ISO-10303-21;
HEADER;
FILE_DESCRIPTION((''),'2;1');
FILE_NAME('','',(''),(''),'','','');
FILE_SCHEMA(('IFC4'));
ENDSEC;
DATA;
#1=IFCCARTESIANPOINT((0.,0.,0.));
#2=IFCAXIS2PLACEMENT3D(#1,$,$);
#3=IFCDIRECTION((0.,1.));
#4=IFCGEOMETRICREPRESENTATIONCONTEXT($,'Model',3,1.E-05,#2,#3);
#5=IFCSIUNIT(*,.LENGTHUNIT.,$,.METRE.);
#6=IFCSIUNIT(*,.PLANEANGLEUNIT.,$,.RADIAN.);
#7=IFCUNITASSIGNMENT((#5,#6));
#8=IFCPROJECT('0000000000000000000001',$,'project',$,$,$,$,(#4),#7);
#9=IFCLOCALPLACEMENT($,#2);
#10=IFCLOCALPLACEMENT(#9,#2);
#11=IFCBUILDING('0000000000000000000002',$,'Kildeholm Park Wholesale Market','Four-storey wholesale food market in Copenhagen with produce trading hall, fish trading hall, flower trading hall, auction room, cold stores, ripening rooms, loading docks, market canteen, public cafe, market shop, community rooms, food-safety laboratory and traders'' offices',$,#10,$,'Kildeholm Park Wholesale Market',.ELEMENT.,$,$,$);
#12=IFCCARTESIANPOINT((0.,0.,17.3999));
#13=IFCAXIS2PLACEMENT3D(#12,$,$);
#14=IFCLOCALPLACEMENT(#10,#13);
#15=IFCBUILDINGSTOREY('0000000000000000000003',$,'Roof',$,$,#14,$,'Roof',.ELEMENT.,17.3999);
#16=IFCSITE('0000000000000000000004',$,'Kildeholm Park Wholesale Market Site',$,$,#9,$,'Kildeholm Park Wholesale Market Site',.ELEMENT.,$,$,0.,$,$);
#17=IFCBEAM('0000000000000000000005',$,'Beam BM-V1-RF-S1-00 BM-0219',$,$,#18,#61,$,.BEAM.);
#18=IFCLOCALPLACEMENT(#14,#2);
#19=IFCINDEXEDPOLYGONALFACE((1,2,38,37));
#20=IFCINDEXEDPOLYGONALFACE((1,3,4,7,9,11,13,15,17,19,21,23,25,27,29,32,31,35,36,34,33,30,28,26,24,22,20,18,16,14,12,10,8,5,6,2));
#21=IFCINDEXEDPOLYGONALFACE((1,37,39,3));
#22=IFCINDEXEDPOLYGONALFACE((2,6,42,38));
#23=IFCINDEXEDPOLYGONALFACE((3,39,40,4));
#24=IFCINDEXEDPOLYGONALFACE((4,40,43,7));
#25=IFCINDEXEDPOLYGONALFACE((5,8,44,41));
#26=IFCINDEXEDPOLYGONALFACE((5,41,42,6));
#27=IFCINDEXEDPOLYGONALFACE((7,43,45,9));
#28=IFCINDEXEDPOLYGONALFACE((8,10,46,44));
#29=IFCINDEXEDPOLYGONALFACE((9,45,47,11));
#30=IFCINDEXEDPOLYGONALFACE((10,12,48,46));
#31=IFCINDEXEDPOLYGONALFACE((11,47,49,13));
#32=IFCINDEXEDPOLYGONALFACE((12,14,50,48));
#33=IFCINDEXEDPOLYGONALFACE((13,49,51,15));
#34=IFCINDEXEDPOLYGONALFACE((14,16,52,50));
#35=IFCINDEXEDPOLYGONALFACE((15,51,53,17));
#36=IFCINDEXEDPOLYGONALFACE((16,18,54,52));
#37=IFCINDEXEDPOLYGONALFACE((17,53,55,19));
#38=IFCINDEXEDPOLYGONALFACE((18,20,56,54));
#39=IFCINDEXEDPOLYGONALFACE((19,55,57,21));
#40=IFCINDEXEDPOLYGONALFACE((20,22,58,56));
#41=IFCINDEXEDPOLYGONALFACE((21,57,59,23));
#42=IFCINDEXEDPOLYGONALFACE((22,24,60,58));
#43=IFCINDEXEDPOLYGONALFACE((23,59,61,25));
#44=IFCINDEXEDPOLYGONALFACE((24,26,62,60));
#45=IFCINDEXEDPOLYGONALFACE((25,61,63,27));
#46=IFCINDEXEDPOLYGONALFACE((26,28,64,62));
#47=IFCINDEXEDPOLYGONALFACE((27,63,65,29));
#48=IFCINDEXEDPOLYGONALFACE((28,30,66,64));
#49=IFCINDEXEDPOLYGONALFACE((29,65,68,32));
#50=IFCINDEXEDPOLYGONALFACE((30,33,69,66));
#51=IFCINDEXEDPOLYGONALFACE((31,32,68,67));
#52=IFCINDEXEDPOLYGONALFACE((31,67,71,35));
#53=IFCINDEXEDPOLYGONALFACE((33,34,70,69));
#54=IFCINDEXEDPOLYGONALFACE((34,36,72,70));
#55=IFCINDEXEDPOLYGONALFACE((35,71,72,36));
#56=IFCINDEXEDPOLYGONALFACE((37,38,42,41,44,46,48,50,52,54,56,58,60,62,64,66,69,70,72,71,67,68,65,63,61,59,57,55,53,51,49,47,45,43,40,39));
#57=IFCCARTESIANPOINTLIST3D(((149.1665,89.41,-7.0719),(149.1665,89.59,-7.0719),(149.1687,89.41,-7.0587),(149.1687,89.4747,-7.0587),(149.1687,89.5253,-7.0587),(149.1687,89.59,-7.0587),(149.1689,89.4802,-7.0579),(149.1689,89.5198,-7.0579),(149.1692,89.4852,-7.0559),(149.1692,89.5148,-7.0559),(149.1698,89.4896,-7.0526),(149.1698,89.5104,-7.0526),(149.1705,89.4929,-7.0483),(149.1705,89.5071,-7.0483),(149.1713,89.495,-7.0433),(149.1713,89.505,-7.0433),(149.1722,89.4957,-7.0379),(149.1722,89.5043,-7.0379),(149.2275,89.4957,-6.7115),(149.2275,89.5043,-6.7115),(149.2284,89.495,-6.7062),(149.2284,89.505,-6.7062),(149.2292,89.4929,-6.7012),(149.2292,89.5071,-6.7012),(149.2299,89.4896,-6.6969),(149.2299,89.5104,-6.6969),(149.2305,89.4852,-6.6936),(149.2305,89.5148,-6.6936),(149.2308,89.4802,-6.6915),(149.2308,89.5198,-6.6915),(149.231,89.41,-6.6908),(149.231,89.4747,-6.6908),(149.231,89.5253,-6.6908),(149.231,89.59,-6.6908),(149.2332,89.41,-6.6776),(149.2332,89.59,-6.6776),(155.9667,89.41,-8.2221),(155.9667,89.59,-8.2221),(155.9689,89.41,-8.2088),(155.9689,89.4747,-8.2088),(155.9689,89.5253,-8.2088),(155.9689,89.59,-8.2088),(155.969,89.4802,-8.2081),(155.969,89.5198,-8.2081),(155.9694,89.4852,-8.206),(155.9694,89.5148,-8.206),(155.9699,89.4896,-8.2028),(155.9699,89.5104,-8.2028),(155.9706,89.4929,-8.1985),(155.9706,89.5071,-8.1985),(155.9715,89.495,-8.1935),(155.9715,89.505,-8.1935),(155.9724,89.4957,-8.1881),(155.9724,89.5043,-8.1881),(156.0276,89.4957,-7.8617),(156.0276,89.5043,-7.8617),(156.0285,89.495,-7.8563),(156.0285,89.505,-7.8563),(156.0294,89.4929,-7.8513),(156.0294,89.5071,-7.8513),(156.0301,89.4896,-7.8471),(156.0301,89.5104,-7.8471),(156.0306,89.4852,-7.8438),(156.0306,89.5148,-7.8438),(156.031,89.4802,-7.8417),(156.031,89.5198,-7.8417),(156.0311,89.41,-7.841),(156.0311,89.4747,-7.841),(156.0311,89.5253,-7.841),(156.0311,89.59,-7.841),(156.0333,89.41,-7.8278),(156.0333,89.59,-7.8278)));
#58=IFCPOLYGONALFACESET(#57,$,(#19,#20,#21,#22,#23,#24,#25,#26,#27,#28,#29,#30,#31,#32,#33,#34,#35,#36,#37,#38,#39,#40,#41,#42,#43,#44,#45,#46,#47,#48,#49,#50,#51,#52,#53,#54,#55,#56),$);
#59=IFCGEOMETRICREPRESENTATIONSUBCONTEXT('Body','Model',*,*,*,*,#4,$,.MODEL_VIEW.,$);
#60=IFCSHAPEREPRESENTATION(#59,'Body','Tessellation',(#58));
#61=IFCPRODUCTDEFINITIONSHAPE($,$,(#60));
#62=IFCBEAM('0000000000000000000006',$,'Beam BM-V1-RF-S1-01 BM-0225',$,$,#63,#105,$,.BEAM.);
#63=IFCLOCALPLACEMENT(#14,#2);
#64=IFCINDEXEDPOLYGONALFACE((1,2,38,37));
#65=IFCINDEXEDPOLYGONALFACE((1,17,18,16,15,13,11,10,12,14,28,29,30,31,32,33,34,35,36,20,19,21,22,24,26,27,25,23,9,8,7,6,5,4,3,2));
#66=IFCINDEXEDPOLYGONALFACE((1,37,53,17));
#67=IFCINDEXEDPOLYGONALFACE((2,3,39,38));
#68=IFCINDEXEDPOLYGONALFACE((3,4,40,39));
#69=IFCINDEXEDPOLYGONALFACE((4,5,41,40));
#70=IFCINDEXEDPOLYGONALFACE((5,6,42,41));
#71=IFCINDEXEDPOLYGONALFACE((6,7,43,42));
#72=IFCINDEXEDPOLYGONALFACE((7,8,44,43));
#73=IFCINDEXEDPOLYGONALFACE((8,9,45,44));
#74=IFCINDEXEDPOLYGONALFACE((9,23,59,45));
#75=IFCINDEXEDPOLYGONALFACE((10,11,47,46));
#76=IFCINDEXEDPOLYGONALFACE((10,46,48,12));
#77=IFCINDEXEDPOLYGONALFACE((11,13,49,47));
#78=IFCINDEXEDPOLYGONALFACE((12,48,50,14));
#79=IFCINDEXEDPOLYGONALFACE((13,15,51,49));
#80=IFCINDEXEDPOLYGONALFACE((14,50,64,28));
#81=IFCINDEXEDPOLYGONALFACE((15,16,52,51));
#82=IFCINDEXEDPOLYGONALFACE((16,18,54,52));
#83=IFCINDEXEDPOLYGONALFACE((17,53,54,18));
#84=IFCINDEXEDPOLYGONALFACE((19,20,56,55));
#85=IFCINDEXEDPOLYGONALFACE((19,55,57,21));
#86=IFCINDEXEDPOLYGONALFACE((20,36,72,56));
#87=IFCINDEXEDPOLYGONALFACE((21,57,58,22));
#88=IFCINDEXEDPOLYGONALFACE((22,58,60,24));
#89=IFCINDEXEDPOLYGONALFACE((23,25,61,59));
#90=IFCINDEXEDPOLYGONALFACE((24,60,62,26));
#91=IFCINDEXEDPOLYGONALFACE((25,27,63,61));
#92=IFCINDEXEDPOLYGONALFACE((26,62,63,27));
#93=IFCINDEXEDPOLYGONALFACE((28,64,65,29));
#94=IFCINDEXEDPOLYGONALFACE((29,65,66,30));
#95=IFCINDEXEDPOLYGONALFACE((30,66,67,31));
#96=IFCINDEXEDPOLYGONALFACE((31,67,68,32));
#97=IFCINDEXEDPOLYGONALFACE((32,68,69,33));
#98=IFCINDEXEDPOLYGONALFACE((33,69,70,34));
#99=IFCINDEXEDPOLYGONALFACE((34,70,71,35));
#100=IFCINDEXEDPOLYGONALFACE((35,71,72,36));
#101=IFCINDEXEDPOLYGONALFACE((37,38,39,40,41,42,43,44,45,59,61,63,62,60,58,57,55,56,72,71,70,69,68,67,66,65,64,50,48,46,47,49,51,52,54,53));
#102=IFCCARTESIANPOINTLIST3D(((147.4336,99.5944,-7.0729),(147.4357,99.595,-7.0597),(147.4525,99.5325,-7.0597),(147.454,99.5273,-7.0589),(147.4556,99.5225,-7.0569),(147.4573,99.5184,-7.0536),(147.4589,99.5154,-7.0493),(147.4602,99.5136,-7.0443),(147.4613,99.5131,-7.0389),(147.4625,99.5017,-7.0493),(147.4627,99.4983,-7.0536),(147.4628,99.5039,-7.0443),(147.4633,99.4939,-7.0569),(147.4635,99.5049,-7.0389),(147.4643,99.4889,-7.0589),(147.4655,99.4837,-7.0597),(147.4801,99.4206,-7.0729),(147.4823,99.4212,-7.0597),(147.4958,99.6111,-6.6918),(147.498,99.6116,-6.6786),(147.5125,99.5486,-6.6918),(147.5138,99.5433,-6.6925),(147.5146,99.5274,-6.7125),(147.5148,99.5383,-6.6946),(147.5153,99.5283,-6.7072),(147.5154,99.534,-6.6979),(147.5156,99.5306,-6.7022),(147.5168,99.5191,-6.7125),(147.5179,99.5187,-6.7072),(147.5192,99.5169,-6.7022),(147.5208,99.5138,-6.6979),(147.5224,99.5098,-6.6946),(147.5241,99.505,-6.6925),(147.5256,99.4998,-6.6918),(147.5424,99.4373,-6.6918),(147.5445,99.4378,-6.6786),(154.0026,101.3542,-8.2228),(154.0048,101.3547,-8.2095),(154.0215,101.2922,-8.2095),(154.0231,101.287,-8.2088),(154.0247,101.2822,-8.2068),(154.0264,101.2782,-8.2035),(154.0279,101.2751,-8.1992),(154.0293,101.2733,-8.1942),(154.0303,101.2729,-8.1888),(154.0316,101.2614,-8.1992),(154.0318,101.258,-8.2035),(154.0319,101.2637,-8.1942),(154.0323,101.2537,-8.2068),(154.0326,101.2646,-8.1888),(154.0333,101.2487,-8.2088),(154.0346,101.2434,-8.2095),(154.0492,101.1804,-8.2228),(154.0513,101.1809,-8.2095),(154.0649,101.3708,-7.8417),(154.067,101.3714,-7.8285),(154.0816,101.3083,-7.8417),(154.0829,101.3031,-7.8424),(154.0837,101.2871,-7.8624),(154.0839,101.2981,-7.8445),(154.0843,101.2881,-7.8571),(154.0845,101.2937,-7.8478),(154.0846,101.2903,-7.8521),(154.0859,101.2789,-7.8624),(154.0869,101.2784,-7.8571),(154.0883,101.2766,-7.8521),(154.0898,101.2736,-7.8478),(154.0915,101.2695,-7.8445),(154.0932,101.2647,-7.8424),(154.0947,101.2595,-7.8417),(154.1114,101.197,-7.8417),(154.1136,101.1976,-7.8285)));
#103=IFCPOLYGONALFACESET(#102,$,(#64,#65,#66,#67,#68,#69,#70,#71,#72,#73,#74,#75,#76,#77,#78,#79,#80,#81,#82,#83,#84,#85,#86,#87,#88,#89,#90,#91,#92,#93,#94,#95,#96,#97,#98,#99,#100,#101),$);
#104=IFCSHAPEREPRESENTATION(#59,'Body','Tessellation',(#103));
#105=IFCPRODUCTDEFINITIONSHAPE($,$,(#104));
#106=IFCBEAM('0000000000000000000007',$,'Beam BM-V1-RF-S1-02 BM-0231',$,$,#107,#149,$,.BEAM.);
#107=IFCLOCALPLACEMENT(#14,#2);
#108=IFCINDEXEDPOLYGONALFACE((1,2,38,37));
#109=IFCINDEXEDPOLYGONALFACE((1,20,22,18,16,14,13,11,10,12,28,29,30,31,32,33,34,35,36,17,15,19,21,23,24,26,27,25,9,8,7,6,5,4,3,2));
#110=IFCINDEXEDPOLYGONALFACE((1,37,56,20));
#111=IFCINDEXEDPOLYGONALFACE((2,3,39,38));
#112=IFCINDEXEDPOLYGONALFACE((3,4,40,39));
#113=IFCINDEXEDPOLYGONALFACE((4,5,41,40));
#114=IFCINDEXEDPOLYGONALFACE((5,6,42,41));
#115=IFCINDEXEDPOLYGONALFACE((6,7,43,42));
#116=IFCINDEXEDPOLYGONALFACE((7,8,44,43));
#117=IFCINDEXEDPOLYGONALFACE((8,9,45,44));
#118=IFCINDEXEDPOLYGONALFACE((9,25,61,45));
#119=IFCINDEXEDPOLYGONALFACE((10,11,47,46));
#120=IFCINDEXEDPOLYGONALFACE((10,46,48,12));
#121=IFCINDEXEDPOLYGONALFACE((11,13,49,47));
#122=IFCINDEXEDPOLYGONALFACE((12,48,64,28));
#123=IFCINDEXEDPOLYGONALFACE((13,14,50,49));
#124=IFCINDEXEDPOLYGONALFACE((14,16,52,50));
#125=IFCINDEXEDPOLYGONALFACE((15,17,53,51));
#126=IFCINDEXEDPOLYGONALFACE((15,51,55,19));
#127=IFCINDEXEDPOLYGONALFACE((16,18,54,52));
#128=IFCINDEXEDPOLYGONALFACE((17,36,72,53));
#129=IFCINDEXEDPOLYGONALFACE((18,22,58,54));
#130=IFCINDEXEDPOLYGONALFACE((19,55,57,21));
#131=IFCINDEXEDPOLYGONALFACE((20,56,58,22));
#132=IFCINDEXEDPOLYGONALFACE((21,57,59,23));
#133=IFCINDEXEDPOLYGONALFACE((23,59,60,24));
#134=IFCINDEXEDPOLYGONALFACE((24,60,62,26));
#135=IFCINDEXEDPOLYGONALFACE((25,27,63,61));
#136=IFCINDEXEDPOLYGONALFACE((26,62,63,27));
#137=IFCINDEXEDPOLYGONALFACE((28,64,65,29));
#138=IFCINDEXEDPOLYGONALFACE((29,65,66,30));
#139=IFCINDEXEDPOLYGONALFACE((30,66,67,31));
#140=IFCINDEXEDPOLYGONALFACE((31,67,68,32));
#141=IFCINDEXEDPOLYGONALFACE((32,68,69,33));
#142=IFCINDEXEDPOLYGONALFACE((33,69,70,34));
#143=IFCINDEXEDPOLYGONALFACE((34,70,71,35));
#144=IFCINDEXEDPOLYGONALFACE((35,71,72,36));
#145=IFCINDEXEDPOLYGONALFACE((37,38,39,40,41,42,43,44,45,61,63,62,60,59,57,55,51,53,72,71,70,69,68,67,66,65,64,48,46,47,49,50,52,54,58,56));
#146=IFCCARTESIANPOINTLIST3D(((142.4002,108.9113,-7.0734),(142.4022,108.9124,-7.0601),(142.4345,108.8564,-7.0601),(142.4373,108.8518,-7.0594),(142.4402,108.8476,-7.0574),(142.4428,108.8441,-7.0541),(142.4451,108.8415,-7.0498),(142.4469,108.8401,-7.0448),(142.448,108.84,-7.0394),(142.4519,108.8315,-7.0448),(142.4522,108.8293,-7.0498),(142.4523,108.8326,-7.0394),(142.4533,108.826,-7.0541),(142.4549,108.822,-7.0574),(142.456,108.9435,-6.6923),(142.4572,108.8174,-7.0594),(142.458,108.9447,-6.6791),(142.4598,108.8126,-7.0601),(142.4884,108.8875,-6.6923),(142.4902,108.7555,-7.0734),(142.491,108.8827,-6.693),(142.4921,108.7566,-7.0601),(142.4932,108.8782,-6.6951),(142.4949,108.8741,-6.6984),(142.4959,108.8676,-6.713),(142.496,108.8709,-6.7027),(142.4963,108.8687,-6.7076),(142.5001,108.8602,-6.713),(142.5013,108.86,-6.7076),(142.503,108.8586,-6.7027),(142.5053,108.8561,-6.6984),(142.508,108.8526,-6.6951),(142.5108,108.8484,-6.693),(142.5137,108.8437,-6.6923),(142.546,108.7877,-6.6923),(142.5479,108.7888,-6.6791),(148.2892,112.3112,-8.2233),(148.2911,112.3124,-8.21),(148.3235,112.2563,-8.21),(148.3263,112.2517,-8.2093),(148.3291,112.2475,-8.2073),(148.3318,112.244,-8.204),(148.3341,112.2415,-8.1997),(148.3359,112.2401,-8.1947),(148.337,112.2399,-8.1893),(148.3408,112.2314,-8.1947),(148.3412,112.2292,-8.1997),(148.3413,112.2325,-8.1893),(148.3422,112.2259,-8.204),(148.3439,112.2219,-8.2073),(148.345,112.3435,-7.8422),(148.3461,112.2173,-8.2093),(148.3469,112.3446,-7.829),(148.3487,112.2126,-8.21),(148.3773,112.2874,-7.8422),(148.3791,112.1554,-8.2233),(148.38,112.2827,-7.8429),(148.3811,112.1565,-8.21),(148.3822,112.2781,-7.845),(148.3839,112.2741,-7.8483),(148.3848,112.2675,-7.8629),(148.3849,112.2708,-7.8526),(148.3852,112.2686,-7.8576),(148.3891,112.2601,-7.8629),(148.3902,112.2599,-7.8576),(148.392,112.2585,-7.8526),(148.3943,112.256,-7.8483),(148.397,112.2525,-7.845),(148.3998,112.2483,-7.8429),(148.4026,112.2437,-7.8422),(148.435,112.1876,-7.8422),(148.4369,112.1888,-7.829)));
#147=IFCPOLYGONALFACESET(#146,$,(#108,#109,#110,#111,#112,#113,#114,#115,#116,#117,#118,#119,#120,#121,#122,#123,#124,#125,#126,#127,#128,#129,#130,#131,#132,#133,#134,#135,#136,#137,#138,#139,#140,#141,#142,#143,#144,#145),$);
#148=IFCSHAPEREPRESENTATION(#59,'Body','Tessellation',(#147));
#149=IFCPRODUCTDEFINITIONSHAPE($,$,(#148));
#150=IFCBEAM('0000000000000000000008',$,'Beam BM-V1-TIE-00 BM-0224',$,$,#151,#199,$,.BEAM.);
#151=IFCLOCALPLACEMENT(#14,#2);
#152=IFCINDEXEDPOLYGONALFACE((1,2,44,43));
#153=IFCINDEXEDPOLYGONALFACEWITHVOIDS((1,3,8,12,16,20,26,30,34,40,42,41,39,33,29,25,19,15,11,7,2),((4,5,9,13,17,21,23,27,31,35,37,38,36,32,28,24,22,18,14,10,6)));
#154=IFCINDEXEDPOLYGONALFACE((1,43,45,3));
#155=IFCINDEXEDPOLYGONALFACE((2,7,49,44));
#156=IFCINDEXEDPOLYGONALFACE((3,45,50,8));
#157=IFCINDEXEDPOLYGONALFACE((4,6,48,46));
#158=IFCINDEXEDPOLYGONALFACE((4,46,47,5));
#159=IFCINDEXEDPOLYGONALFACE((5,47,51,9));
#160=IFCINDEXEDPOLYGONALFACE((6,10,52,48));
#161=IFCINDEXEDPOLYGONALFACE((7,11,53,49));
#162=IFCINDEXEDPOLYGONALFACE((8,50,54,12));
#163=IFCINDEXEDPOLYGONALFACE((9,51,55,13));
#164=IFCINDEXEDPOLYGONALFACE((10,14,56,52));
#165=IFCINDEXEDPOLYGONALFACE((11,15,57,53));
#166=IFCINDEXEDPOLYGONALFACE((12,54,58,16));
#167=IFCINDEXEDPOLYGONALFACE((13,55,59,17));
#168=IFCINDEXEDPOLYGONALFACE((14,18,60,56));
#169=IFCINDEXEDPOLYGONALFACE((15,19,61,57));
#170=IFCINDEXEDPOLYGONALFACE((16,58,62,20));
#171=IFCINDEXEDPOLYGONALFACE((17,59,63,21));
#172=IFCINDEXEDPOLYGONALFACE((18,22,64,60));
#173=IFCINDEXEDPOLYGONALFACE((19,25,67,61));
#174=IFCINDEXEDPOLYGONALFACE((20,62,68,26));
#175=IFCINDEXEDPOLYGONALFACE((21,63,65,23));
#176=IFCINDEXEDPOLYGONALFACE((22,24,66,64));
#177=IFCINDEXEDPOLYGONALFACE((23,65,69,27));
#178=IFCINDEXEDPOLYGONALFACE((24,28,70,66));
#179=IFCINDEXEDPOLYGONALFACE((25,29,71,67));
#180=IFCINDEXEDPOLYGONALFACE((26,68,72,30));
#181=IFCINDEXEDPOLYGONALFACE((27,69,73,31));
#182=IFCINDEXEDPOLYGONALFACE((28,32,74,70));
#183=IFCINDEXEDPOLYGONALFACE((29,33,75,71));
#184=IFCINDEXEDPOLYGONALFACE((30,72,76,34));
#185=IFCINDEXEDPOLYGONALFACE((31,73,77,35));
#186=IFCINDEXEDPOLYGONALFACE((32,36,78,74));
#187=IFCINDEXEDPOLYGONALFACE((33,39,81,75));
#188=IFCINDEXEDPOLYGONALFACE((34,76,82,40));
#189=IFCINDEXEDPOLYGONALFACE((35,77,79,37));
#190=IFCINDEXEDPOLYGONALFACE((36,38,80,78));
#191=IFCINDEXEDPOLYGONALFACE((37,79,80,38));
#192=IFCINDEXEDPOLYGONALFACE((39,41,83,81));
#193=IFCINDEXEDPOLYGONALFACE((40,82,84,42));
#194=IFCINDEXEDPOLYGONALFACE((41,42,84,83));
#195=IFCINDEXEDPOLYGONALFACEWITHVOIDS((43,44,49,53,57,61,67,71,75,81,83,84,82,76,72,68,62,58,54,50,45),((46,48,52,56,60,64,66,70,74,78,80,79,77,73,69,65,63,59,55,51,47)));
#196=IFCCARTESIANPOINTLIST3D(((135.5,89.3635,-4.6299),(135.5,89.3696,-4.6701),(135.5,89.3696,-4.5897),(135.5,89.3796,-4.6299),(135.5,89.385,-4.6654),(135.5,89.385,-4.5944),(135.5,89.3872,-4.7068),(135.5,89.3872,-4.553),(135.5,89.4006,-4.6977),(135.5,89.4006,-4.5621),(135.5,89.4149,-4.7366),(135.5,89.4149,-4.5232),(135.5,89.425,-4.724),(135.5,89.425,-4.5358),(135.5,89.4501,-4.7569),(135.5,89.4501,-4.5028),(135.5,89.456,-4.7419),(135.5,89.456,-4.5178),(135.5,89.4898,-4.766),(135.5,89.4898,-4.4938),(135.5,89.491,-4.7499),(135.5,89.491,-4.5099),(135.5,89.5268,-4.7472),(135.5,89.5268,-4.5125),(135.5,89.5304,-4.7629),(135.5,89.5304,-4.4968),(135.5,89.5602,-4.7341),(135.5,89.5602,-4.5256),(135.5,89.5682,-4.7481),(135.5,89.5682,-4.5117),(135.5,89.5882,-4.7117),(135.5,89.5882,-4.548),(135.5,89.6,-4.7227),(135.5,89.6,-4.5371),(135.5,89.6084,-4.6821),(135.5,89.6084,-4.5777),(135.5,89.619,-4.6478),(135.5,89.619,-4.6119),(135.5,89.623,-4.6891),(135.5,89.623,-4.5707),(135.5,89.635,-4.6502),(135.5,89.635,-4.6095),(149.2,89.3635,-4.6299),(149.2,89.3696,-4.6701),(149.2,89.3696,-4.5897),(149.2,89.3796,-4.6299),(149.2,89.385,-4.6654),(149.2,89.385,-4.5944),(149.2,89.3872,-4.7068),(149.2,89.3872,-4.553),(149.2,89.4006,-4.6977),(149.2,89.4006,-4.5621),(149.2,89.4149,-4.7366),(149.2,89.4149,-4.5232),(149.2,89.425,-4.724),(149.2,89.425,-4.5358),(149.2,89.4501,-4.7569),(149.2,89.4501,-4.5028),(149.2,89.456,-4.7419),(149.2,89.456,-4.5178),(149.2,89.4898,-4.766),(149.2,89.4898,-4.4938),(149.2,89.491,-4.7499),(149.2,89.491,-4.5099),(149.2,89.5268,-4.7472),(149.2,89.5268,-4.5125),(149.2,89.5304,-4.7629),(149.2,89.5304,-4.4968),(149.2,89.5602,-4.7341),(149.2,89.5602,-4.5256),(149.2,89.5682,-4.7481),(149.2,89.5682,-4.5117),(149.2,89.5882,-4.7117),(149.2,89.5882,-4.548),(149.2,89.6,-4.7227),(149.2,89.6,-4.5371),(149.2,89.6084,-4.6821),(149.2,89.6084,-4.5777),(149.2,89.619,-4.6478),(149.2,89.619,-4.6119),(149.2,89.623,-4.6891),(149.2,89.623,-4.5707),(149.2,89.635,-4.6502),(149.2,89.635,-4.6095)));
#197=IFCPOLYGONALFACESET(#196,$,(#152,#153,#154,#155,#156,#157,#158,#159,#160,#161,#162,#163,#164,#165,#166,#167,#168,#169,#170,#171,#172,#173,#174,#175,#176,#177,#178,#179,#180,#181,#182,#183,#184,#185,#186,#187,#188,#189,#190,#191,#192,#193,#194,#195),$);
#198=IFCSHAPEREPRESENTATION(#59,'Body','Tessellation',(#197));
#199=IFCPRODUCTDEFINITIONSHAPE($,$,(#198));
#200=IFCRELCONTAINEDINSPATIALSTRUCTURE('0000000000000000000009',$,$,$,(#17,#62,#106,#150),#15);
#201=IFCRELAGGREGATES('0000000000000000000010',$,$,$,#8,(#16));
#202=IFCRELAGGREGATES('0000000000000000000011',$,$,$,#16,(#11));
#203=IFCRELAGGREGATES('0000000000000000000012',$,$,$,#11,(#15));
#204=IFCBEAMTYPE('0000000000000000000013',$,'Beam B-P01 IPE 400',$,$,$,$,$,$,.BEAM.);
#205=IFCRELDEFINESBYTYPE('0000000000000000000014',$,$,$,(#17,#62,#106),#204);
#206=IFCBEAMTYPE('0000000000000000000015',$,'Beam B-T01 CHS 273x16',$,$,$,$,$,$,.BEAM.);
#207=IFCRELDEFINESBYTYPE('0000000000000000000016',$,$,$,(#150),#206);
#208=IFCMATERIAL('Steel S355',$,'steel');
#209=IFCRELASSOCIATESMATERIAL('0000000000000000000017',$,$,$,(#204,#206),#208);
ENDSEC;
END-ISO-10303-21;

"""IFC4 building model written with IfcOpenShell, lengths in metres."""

from ifc_helpers import new_model, si_unit, direction, frame, origin, origin_2d, place, context, subcontext, project, spatial, hollow_circle, i_section, extrude, material, material_profile, profile_set, type_object, element, save


model = new_model("IFC4")

# Units and contexts
model_context = context("Model", 3, precision=1e-05, world=origin(), true_north=direction((0.0, 1.0)))
body_context = subcontext(model_context, "Body", "Model", "MODEL_VIEW")
ifc_project = project(units=[si_unit("LENGTHUNIT", "METRE"), si_unit("PLANEANGLEUNIT", "RADIAN")], contexts=[model_context])

# Site, building, storey
site_placement = place(None, origin())
site = spatial("IfcSite", under=ifc_project, at=site_placement, Name="Kildeholm Park Wholesale Market Site", LongName="Kildeholm Park Wholesale Market Site", CompositionType="ELEMENT", RefElevation=0.0)
building_placement = place(site_placement, origin())
building = spatial("IfcBuilding", under=site, at=building_placement, Name="Kildeholm Park Wholesale Market", Description="Four-storey wholesale food market in Copenhagen with produce trading hall, fish trading hall, flower trading hall, auction room, cold stores, ripening rooms, loading docks, market canteen, public cafe, market shop, community rooms, food-safety laboratory and traders' offices", LongName="Kildeholm Park Wholesale Market", CompositionType="ELEMENT")
storey_placement = place(building_placement, frame((0.0, 0.0, 17.3999)))
storey = spatial("IfcBuildingStorey", under=building, at=storey_placement, Name="Roof", LongName="Roof", CompositionType="ELEMENT", Elevation=17.3999)

# Beams
ifc_material_1 = material(Name="Steel S355", Category="steel")
ifc_material_profile_1 = material_profile(ifc_material_1, i_section(OverallWidth=0.1799, OverallDepth=0.3999, WebThickness=0.0085, FlangeThickness=0.0134, FilletRadius=0.021, at=origin_2d()), Name="IPE 400")
ifc_profile_set_1 = profile_set([ifc_material_profile_1], Name="Steel S355")
beam_type_1 = type_object("IfcBeamType", Name="Beam B-P01 IPE 400", PredefinedType="BEAM", material=ifc_profile_set_1)
beam_1_placement = place(storey_placement, frame((156.0, 89.5, -8.0249), z_axis=(-0.985996, 0.0, 0.166769), x_axis=(0.0, -1.0, 0.0)))
element("IfcBeam", 1, at=beam_1_placement, inside=storey, type_object=beam_type_1, Name="Beam BM-V1-RF-S1-00 BM-0219", PredefinedType="BEAM", context=body_context, shape_type="SweptSolid", body=[
    extrude(i_section(OverallWidth=0.1799, OverallDepth=0.3999, WebThickness=0.0085, FlangeThickness=0.0134, FilletRadius=0.021, at=origin_2d()), origin(), (0.0, 0.0, 1.0), 6.8967),
])
beam_2_placement = place(storey_placement, frame((154.0581, 101.2759, -8.0256), z_axis=(-0.952422, -0.25514, 0.166719), x_axis=(0.258762, -0.965941, 0.0)))
element("IfcBeam", 2, at=beam_2_placement, inside=storey, type_object=beam_type_1, Name="Beam BM-V1-RF-S1-01 BM-0225", PredefinedType="BEAM", context=body_context, shape_type="SweptSolid", body=[
    extrude(i_section(OverallWidth=0.1799, OverallDepth=0.3999, WebThickness=0.0085, FlangeThickness=0.0134, FilletRadius=0.021, at=origin_2d()), origin(), (0.0, 0.0, 1.0), 6.8972),
])
beam_3_placement = place(storey_placement, frame((148.363, 112.25, -8.0261), z_axis=(-0.853906, -0.492994, 0.166738), x_axis=(0.499993, -0.86603, 0.0)))
element("IfcBeam", 3, at=beam_3_placement, inside=storey, type_object=beam_type_1, Name="Beam BM-V1-RF-S1-02 BM-0231", PredefinedType="BEAM", context=body_context, shape_type="SweptSolid", body=[
    extrude(i_section(OverallWidth=0.1799, OverallDepth=0.3999, WebThickness=0.0085, FlangeThickness=0.0134, FilletRadius=0.021, at=origin_2d()), origin(), (0.0, 0.0, 1.0), 6.8965),
])
ifc_material_profile_2 = material_profile(ifc_material_1, hollow_circle(Radius=0.1365, WallThickness=0.0161, at=origin_2d()), Name="CHS 273x16")
ifc_profile_set_2 = profile_set([ifc_material_profile_2], Name="Steel S355")
beam_type_2 = type_object("IfcBeamType", Name="Beam B-T01 CHS 273x16", PredefinedType="BEAM", material=ifc_profile_set_2)
beam_4_placement = place(storey_placement, frame((149.2, 89.5, -4.6299), z_axis=(-1.0, 0.0, 0.0), x_axis=(0.0, -1.0, 0.0)))
element("IfcBeam", 4, at=beam_4_placement, inside=storey, type_object=beam_type_2, Name="Beam BM-V1-TIE-00 BM-0224", PredefinedType="BEAM", context=body_context, shape_type="SweptSolid", body=[
    extrude(hollow_circle(Radius=0.1365, WallThickness=0.0161, at=origin_2d()), origin(), (0.0, 0.0, 1.0), 13.7),
])

save(model, "model.ifc")
